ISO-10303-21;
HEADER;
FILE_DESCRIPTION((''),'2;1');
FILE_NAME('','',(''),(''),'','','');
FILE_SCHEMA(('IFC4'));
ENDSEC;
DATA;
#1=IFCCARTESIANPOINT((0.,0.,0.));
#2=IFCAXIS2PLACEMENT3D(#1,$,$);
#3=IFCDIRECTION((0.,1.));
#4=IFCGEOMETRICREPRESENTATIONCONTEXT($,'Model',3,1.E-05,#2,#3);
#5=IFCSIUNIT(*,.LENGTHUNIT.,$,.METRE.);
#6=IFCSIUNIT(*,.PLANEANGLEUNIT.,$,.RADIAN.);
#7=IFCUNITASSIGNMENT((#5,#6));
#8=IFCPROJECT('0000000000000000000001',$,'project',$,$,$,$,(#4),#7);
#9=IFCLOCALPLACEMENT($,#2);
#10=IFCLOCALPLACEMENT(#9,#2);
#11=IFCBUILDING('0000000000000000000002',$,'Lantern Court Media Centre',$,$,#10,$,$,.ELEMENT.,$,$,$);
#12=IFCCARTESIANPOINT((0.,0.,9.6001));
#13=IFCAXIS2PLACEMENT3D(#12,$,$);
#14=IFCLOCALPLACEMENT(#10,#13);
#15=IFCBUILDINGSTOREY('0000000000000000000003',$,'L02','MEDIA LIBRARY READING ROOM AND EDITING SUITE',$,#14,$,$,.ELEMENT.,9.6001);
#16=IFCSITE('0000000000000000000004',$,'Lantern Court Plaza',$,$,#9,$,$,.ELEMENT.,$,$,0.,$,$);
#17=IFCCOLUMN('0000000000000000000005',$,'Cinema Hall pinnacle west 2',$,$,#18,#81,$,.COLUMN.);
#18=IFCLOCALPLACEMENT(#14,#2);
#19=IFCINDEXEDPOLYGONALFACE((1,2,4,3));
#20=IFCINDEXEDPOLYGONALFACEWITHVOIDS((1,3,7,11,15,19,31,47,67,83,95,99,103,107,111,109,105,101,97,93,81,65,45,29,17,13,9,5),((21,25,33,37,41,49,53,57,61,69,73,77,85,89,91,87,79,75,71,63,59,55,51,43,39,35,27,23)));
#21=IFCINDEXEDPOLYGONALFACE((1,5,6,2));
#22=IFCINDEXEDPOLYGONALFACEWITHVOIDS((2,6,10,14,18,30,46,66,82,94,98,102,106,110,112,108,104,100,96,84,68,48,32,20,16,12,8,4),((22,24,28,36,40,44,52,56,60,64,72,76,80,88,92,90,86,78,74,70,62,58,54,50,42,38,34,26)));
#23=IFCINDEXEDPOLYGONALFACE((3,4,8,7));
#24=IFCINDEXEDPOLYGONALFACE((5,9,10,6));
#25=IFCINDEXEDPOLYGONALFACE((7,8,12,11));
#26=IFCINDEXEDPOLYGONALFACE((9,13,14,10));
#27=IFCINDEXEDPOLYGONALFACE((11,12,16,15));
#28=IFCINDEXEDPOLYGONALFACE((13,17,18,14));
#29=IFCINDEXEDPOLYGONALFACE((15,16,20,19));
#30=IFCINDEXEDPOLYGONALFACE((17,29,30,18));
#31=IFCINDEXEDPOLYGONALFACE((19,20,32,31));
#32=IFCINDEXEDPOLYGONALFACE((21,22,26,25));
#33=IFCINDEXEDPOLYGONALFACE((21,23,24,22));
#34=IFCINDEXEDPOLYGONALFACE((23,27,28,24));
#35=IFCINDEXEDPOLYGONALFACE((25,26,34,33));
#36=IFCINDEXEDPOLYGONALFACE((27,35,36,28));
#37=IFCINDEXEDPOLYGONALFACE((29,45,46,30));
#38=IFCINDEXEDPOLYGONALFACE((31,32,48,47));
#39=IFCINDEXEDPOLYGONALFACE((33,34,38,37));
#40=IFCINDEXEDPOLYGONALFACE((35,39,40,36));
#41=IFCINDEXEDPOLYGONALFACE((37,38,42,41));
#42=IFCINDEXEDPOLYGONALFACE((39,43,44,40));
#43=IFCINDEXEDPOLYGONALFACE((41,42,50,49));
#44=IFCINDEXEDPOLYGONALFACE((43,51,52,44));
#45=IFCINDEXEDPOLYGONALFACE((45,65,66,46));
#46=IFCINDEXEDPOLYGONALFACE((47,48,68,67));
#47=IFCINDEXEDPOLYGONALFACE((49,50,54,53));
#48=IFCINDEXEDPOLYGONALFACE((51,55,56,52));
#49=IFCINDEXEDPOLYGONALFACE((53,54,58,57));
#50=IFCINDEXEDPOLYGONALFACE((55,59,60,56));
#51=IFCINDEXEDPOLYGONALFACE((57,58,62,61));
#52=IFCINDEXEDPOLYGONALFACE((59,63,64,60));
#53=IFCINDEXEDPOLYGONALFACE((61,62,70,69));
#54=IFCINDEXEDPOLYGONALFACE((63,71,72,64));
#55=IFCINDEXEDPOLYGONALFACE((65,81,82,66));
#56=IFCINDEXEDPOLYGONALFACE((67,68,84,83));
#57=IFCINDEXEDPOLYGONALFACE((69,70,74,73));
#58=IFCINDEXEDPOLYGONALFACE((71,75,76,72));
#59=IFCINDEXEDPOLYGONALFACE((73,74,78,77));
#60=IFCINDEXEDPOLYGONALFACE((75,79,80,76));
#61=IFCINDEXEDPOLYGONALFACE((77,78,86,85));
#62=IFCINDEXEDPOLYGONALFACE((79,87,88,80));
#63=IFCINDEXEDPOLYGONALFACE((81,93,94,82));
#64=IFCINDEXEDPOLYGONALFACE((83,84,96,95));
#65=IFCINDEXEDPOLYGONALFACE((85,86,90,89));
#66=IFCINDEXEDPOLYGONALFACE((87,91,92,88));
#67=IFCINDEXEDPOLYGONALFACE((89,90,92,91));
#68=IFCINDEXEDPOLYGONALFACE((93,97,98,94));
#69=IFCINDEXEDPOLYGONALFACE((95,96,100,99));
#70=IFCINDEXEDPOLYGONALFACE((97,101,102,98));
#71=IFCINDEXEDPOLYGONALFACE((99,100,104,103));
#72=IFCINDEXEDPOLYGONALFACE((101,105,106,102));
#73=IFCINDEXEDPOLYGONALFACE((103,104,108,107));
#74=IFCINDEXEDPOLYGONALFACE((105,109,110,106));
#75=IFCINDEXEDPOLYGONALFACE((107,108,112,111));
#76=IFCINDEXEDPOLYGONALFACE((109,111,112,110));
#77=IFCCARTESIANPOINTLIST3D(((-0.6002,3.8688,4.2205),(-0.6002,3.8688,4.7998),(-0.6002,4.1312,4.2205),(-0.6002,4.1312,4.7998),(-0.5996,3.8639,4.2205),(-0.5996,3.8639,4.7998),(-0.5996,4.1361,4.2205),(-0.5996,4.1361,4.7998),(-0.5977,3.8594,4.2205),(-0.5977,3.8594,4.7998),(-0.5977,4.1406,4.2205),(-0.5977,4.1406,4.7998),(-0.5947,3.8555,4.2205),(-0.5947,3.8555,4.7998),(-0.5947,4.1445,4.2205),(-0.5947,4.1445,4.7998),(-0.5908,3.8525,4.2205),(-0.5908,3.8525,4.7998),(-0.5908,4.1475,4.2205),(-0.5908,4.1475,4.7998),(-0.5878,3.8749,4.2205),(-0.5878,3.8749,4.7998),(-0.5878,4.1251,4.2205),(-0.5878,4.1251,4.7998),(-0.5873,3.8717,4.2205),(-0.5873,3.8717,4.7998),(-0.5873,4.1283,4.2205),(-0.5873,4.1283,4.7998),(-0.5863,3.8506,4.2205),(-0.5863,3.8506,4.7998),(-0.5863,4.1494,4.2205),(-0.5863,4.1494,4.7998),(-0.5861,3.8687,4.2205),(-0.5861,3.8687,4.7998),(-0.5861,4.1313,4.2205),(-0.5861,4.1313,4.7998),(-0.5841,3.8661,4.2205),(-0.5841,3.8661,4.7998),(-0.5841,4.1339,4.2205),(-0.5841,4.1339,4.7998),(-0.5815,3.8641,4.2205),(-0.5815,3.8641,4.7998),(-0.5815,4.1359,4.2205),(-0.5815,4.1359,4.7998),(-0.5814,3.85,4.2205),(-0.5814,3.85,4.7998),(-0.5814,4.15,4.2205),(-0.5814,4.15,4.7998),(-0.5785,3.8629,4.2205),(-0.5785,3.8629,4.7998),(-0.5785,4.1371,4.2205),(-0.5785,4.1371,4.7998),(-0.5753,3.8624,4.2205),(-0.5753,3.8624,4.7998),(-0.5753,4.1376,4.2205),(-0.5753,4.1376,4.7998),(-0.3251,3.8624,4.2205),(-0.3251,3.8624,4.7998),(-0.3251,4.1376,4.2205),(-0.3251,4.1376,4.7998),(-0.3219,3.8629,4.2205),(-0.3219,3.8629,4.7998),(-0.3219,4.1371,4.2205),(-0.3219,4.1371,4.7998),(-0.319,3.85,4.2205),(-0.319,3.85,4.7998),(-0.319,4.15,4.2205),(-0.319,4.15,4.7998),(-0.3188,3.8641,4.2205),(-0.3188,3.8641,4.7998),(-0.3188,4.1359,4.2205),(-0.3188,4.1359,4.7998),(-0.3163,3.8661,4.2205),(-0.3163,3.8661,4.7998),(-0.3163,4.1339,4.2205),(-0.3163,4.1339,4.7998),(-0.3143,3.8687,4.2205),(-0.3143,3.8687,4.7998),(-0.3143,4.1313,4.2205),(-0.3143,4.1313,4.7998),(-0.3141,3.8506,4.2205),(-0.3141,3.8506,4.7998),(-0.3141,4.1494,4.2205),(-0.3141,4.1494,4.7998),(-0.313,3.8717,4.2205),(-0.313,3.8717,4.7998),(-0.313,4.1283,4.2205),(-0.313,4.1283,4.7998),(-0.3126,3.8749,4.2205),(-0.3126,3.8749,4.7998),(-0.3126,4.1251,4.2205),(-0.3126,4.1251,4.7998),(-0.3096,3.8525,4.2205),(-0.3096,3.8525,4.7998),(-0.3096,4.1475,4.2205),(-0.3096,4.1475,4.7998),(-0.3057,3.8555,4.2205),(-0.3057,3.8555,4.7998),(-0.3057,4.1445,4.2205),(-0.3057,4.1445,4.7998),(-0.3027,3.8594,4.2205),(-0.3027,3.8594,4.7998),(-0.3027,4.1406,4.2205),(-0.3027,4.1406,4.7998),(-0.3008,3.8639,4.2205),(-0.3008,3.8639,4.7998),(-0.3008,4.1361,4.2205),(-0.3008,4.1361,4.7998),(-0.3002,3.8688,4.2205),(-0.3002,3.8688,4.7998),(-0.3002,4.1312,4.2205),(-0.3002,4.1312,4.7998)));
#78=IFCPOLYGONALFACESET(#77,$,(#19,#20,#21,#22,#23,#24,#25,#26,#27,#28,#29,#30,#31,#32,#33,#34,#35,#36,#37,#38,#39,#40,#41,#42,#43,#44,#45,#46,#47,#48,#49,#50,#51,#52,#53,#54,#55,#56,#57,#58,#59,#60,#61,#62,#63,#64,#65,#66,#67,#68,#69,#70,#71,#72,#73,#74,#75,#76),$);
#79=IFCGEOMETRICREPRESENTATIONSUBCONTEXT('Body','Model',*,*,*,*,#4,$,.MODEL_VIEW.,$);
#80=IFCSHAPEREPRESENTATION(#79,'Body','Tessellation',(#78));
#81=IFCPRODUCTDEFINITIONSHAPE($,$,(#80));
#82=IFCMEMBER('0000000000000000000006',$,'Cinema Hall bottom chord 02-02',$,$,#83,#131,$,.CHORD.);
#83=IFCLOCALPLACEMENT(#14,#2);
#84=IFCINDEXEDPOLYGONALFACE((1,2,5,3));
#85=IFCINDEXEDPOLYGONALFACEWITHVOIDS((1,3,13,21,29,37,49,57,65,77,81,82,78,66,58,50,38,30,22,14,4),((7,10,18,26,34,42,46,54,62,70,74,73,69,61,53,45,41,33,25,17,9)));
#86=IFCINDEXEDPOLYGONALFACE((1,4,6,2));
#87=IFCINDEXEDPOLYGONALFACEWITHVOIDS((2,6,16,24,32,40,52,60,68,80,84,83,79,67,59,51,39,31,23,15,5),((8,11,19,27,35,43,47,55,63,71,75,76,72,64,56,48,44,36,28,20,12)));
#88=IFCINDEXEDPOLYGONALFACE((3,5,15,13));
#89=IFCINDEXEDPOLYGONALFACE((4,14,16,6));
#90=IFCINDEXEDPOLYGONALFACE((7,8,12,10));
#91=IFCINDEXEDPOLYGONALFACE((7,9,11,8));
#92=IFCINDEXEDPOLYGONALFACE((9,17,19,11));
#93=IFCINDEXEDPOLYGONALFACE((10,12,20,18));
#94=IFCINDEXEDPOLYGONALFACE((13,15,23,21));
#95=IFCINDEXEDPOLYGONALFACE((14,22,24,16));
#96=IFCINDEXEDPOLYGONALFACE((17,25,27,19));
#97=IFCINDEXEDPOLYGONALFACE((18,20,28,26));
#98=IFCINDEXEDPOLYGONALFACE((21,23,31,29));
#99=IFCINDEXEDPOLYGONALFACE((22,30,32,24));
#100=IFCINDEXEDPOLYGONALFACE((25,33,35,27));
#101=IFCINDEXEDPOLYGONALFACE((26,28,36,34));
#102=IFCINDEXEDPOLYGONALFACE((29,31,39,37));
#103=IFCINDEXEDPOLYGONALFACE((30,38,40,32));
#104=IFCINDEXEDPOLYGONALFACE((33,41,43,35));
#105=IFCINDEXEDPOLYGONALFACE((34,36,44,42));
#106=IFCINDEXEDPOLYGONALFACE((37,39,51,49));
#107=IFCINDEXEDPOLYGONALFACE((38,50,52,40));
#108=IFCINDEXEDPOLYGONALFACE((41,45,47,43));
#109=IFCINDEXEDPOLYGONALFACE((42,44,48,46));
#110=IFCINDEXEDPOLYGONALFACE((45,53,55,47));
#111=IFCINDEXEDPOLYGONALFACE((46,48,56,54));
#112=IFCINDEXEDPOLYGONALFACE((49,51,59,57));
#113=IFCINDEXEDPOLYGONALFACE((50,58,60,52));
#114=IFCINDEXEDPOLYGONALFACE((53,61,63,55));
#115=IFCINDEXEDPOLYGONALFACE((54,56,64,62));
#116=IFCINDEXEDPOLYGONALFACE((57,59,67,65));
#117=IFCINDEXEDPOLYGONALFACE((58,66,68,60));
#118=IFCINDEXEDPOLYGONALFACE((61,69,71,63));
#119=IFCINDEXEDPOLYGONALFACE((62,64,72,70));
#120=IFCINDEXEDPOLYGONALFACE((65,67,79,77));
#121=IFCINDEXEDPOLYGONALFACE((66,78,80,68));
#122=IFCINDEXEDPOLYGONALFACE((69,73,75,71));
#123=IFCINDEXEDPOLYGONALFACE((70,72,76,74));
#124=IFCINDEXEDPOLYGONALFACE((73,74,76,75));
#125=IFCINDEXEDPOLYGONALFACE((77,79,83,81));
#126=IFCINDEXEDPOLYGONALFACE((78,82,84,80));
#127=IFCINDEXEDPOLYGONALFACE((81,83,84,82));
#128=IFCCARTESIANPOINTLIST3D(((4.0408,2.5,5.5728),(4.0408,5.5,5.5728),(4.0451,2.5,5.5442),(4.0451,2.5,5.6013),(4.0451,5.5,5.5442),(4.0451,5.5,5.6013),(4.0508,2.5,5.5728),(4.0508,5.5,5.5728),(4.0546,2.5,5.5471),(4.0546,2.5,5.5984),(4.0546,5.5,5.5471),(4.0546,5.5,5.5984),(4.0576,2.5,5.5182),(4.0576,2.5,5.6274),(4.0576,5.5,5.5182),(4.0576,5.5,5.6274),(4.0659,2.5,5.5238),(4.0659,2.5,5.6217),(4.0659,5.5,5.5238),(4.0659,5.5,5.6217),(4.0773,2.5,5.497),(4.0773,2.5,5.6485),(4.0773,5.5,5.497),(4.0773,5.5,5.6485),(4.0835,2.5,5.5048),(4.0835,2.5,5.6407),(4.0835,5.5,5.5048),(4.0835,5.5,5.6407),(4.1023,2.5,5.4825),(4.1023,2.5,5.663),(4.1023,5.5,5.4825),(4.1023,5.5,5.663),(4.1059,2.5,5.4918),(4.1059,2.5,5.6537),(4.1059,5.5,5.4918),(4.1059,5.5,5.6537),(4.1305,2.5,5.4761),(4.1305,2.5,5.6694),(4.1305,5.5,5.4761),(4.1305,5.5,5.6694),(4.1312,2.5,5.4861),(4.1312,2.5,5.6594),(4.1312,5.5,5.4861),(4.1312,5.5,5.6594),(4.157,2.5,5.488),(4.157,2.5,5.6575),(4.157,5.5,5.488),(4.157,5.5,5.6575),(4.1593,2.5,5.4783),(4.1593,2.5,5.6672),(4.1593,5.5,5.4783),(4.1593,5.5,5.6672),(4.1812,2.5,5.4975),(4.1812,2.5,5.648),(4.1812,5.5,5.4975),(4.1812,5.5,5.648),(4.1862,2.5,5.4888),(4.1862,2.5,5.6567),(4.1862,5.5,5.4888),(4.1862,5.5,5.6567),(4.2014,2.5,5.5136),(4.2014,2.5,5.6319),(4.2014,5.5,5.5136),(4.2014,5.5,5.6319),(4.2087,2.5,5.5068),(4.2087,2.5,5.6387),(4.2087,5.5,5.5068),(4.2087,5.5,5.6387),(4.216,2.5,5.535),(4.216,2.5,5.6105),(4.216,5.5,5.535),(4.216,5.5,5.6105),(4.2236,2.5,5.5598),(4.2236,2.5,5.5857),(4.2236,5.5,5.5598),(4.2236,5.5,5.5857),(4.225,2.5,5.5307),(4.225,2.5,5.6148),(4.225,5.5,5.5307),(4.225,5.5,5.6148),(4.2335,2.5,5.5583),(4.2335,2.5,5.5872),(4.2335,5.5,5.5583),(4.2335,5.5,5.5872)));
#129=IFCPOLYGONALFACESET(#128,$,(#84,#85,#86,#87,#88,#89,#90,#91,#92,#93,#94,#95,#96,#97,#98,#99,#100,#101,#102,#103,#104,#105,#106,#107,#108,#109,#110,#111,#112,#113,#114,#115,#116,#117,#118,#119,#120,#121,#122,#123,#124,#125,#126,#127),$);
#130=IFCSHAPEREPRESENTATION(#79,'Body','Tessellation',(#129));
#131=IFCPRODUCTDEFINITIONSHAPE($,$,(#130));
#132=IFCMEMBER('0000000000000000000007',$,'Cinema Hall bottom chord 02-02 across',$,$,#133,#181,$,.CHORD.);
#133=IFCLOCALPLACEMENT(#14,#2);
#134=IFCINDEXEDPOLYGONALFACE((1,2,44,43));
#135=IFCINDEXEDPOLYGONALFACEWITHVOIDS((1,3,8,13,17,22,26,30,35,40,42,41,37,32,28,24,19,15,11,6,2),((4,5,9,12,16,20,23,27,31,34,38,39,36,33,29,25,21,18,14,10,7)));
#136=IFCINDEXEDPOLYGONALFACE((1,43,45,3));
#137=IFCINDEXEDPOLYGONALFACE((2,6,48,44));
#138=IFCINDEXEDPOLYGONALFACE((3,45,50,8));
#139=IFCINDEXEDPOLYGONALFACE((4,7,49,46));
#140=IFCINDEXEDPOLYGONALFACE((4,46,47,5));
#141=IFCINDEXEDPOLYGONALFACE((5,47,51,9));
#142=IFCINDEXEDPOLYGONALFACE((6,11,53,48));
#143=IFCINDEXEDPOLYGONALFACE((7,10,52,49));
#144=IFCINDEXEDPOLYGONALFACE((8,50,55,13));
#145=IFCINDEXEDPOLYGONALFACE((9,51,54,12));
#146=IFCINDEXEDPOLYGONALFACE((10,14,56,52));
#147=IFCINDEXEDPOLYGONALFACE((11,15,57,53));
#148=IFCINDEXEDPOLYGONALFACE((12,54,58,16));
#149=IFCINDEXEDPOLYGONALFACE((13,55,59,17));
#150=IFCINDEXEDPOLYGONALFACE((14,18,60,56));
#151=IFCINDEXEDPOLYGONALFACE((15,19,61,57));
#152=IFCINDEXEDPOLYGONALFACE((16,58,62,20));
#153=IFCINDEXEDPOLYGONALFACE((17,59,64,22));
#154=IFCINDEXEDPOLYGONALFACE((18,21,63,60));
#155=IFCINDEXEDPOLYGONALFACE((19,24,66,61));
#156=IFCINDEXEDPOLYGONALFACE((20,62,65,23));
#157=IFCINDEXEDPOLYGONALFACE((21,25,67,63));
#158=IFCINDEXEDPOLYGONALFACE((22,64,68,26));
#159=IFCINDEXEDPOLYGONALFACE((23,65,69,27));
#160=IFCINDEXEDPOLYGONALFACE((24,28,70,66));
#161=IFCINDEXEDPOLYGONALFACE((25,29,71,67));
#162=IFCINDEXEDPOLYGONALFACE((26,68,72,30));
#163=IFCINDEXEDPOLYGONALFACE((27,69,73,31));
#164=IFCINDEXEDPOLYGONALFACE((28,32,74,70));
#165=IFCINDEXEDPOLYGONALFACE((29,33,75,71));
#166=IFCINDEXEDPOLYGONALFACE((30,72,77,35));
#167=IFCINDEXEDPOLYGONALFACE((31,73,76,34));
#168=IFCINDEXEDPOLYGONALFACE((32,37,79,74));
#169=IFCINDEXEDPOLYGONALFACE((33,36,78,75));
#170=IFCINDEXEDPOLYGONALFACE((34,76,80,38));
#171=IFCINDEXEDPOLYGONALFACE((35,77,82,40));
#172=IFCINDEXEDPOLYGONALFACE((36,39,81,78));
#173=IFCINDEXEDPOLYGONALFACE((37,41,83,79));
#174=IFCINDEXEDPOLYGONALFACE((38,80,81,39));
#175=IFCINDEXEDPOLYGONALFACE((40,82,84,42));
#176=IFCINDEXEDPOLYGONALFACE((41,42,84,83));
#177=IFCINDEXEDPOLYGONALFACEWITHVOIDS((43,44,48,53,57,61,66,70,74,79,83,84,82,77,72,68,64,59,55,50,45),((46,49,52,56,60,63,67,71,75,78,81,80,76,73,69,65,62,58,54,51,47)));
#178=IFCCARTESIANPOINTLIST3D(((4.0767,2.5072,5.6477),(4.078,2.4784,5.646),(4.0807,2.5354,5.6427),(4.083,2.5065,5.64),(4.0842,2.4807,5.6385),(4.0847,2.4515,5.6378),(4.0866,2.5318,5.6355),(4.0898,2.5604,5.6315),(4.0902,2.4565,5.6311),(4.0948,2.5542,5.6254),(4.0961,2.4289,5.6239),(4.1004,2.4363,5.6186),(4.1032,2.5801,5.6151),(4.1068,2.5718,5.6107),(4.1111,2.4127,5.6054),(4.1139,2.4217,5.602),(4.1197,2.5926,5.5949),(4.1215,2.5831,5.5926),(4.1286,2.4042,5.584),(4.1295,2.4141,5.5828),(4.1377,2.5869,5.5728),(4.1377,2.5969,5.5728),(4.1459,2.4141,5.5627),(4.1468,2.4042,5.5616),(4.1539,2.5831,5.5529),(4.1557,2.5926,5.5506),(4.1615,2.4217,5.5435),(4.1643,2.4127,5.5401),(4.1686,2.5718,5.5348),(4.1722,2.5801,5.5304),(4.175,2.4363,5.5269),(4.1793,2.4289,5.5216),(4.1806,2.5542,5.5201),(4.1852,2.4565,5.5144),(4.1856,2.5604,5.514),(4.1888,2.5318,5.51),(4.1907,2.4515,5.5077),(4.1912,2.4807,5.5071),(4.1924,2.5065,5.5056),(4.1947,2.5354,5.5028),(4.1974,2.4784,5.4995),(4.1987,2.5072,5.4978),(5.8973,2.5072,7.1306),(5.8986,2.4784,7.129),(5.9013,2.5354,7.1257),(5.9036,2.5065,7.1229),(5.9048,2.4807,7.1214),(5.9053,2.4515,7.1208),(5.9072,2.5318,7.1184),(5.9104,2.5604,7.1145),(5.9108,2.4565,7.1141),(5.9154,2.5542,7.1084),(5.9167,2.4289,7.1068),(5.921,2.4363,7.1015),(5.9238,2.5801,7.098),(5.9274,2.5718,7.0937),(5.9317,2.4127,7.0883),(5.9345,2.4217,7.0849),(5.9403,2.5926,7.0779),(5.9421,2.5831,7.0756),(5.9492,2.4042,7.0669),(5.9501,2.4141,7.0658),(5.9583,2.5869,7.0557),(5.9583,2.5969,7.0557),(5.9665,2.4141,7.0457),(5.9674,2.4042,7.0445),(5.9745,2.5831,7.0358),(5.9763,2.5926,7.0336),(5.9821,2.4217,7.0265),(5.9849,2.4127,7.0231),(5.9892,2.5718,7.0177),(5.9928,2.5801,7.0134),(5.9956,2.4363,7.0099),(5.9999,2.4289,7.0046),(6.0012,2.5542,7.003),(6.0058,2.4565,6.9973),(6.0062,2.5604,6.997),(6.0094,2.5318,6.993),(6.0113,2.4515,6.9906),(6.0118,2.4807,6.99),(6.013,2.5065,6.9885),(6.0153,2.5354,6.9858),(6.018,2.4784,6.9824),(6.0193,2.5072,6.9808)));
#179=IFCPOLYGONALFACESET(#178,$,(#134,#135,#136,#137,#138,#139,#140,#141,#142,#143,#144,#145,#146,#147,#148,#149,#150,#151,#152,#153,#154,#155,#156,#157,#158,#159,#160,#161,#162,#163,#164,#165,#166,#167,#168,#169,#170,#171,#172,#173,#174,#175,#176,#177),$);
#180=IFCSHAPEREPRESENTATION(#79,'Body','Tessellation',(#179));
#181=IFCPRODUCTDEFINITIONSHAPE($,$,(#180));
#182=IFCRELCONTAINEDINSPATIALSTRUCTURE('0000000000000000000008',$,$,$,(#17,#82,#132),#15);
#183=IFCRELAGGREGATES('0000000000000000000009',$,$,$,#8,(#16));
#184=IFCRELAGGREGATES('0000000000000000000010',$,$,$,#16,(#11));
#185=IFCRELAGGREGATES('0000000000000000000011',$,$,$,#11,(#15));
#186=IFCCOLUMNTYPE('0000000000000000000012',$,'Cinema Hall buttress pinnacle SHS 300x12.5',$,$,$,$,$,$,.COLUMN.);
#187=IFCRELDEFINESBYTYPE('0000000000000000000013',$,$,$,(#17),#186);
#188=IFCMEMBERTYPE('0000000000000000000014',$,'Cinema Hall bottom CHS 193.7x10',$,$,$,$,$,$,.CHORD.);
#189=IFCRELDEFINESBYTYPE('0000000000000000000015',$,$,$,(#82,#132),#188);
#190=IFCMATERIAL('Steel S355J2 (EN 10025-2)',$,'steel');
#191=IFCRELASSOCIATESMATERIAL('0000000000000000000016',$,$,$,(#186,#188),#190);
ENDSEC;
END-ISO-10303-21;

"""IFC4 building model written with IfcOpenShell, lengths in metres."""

from ifc_helpers import new_model, si_unit, direction, frame, origin, origin_2d, place, context, subcontext, project, spatial, hollow_rectangle, hollow_circle, extrude, material, material_profile, profile_set, type_object, element, save


model = new_model("IFC4")

# Units and contexts
model_context = context("Model", 3, precision=1e-05, world=origin(), true_north=direction((0.0, 1.0)))
body_context = subcontext(model_context, "Body", "Model", "MODEL_VIEW")
ifc_project = project(units=[si_unit("LENGTHUNIT", "METRE"), si_unit("PLANEANGLEUNIT", "RADIAN")], contexts=[model_context])

# Site, building, storey
site_placement = place(None, origin())
site = spatial("IfcSite", under=ifc_project, at=site_placement, Name="Lantern Court Plaza", CompositionType="ELEMENT", RefElevation=0.0)
building_placement = place(site_placement, origin())
building = spatial("IfcBuilding", under=site, at=building_placement, Name="Lantern Court Media Centre", CompositionType="ELEMENT")
storey_placement = place(building_placement, frame((0.0, 0.0, 9.6001)))
storey = spatial("IfcBuildingStorey", under=building, at=storey_placement, Name="L02", Description="MEDIA LIBRARY READING ROOM AND EDITING SUITE", CompositionType="ELEMENT", Elevation=9.6001)

# Column
ifc_material = material(Name="Steel S355J2 (EN 10025-2)", Category="steel")
ifc_material_profile_1 = material_profile(ifc_material, hollow_rectangle(XDim=0.3, YDim=0.3, WallThickness=0.0125, InnerFilletRadius=0.0125, OuterFilletRadius=0.0188, at=origin_2d()), Name="Cinema Hall buttress pinnacle SHS 300x12.5")
ifc_profile_set_1 = profile_set([ifc_material_profile_1], Name="Steel S355J2 (EN 10025-2)")
column_type = type_object("IfcColumnType", Name="Cinema Hall buttress pinnacle SHS 300x12.5", PredefinedType="COLUMN", material=ifc_profile_set_1)
column_placement = place(storey_placement, frame((-0.4502, 4.0, 4.2205), z_axis=(0.0, 0.0, 1.0), x_axis=(1.0, 0.0, 0.0)))
element("IfcColumn", 1, at=column_placement, inside=storey, type_object=column_type, Name="Cinema Hall pinnacle west 2", PredefinedType="COLUMN", context=body_context, shape_type="SweptSolid", body=[
    extrude(hollow_rectangle(XDim=0.3, YDim=0.3, WallThickness=0.0125, InnerFilletRadius=0.0125, OuterFilletRadius=0.0188, at=origin_2d()), origin(), (0.0, 0.0, 1.0), 0.5793),
])

# Members
ifc_material_profile_2 = material_profile(ifc_material, hollow_circle(Radius=0.0969, WallThickness=0.01, at=origin_2d()), Name="Cinema Hall bottom CHS 193.7x10")
ifc_profile_set_2 = profile_set([ifc_material_profile_2], Name="Steel S355J2 (EN 10025-2)")
member_type_1 = type_object("IfcMemberType", Name="Cinema Hall bottom CHS 193.7x10", PredefinedType="CHORD", material=ifc_profile_set_2)
member_1_placement = place(storey_placement, frame((4.1377, 2.5, 5.5728), z_axis=(0.0, 1.0, 0.0), x_axis=(-1.0, 0.0, 0.0)))
element("IfcMember", 2, at=member_1_placement, inside=storey, type_object=member_type_1, Name="Cinema Hall bottom chord 02-02", PredefinedType="CHORD", context=body_context, shape_type="SweptSolid", body=[
    extrude(hollow_circle(Radius=0.0969, WallThickness=0.01, at=origin_2d()), origin(), (0.0, 0.0, 1.0), 3.0),
])
member_2_placement = place(storey_placement, frame((4.1377, 2.5, 5.5728), z_axis=(0.775341, 0.0, 0.631543), x_axis=(0.0, 1.0, 0.0)))
element("IfcMember", 3, at=member_2_placement, inside=storey, type_object=member_type_1, Name="Cinema Hall bottom chord 02-02 across", PredefinedType="CHORD", context=body_context, shape_type="SweptSolid", body=[
    extrude(hollow_circle(Radius=0.0969, WallThickness=0.01, at=origin_2d()), origin(), (0.0, 0.0, 1.0), 2.3481),
])

save(model, "model.ifc")
